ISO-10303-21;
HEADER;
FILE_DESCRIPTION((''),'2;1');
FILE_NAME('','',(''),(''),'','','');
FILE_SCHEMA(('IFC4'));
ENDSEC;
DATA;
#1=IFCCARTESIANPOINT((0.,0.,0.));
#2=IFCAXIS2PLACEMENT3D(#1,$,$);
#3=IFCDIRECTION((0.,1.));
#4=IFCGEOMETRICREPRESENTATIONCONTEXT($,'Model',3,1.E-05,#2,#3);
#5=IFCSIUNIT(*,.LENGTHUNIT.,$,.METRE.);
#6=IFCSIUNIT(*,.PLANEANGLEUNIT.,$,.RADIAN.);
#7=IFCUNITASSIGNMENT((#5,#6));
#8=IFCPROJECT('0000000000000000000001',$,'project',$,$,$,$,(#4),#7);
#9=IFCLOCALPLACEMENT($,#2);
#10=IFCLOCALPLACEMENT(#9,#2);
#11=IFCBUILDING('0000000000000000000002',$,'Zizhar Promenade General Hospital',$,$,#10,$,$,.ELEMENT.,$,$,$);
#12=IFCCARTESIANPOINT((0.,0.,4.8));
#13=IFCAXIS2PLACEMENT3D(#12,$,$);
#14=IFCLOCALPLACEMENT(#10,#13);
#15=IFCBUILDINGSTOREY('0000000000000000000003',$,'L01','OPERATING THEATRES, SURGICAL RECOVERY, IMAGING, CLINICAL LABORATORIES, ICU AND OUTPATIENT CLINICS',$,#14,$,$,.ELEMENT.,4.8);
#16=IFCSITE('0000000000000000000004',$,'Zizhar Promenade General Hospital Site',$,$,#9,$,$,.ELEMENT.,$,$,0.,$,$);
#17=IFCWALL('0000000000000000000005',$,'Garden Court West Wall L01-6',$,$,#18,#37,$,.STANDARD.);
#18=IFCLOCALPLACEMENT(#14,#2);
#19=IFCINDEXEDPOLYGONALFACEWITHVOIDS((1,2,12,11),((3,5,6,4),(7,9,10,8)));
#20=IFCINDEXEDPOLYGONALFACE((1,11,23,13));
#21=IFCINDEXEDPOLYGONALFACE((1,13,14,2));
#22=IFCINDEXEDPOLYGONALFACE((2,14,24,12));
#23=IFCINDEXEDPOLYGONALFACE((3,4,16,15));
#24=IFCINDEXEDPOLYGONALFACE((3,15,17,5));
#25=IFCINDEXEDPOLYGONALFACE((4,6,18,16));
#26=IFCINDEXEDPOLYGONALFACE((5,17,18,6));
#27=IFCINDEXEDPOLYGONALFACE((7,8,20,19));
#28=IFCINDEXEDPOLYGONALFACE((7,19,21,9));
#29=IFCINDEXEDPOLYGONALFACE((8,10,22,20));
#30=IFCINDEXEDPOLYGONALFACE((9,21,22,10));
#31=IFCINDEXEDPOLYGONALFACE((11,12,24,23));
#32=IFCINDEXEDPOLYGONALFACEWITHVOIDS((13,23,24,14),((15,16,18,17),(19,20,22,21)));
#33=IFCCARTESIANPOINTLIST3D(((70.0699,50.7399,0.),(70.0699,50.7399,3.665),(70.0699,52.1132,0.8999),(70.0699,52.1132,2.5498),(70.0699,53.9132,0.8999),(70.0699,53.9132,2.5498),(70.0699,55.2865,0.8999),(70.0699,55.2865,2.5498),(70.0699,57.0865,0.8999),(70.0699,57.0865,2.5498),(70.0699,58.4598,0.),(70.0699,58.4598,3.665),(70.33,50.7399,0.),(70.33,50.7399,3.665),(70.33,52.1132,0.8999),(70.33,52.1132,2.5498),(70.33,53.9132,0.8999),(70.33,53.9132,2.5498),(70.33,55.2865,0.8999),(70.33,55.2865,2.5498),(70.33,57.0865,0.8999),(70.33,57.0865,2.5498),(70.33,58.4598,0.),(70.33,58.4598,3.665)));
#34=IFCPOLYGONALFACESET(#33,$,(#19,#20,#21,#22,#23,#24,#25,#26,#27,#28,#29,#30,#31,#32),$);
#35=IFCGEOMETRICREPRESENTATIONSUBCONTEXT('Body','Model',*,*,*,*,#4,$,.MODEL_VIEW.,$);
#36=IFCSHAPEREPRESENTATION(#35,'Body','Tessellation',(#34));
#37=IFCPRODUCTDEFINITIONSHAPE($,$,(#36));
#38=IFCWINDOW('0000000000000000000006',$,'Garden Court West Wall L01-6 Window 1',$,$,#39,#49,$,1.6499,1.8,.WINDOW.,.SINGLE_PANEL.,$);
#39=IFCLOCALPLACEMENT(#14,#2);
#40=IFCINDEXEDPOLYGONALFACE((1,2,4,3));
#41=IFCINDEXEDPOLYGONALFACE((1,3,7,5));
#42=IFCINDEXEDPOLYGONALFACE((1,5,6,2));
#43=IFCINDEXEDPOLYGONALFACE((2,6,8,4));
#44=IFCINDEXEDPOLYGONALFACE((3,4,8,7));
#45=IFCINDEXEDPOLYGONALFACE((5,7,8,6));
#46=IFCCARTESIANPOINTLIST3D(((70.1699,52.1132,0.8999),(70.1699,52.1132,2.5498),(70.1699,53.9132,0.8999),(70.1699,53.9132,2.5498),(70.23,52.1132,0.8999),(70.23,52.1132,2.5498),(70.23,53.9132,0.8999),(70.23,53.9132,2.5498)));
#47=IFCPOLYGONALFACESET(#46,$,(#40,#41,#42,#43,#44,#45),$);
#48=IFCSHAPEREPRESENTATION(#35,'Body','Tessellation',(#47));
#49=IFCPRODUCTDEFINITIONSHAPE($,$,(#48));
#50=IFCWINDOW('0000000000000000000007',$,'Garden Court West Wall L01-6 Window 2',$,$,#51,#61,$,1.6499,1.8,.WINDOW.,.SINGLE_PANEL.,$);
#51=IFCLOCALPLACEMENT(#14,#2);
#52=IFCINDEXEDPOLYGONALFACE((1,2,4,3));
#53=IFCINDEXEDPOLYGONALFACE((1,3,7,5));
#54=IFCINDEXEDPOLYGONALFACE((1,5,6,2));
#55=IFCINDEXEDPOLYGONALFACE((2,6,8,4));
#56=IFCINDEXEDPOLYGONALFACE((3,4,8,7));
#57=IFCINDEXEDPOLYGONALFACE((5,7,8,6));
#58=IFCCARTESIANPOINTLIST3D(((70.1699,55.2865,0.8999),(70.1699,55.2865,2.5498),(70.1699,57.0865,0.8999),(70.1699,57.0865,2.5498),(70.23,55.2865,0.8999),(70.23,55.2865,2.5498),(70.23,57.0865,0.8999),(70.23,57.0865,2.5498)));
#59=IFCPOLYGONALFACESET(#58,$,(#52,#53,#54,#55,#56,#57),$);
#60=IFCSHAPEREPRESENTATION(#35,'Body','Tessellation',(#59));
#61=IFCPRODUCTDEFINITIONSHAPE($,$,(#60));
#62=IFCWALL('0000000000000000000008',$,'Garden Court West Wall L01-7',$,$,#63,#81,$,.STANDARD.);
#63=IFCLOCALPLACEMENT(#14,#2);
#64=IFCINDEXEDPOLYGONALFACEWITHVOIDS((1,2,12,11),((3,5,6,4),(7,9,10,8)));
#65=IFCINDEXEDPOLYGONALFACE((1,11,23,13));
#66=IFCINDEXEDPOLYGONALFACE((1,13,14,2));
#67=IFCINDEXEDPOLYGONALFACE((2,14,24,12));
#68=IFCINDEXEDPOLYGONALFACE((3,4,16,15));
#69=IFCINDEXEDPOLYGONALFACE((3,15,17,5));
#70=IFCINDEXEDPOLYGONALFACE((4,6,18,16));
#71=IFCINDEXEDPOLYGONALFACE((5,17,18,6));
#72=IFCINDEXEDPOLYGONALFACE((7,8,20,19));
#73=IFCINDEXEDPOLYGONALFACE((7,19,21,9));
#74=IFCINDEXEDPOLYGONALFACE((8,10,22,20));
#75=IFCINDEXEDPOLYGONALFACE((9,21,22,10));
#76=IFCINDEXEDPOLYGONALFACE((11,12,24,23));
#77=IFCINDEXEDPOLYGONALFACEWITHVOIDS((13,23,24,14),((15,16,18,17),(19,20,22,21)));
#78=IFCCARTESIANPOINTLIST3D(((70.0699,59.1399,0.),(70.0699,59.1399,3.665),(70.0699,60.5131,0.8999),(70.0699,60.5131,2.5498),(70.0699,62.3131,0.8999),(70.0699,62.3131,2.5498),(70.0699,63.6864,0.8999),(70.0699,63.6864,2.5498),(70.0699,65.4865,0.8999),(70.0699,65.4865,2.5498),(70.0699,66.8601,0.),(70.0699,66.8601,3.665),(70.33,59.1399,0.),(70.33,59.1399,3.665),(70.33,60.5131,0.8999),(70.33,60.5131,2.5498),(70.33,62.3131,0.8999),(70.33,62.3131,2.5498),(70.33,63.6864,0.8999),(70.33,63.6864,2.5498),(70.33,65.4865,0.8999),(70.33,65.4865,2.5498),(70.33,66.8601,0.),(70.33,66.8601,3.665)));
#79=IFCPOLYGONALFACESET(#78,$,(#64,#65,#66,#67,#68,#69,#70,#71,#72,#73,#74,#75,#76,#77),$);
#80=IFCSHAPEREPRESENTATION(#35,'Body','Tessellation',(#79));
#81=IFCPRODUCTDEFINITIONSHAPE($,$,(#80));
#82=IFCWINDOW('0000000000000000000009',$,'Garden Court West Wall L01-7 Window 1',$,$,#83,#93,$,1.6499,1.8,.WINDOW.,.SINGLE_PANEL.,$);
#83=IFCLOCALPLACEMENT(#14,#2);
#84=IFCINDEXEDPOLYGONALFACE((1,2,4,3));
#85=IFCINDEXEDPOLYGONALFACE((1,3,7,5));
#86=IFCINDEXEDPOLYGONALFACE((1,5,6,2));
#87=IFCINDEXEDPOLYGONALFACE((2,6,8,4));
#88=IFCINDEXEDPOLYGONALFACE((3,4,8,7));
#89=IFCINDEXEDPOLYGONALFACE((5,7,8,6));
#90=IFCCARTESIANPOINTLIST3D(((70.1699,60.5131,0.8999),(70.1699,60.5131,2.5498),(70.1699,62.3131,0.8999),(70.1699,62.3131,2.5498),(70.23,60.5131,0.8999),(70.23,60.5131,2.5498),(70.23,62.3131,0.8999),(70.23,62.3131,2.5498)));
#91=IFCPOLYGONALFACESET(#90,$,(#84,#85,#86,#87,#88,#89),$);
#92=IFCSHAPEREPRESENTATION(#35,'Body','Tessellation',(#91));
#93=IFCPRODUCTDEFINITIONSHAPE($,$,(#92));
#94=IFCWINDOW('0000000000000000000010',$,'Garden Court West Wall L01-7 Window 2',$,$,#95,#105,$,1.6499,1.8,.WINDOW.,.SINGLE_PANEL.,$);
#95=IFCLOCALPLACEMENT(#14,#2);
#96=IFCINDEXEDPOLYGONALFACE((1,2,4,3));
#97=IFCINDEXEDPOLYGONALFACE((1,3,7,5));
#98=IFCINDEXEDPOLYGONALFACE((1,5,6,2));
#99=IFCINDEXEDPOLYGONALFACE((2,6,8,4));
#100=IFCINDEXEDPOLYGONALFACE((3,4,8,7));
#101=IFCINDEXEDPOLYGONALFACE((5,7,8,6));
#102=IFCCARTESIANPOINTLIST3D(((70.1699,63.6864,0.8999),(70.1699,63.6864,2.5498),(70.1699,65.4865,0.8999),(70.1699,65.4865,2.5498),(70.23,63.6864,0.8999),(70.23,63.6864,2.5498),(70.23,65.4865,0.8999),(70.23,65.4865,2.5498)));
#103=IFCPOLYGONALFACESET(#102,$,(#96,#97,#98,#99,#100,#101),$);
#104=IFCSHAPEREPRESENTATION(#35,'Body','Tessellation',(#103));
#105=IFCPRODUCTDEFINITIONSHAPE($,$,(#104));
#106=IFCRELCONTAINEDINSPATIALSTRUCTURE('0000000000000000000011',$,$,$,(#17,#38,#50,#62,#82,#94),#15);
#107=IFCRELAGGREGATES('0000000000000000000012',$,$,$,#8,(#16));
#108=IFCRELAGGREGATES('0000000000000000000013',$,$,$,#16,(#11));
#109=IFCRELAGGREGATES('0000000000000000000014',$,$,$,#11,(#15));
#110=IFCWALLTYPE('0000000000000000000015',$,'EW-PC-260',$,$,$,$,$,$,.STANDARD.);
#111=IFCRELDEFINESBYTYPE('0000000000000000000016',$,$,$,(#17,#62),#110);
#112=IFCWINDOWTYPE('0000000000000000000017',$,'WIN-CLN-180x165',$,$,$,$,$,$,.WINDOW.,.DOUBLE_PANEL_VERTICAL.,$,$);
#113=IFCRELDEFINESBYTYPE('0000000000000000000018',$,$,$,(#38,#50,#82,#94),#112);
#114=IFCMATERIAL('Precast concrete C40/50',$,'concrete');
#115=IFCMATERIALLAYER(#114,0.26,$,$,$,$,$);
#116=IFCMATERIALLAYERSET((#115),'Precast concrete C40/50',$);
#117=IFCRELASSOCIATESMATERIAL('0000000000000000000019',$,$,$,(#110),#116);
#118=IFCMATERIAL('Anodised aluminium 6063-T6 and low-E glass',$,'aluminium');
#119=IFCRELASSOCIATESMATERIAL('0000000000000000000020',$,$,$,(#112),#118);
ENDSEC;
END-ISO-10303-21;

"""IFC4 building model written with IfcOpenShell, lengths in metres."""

from ifc_helpers import new_model, si_unit, direction, frame, frame_2d, origin, place, context, subcontext, project, spatial, rectangle, extrude, material, layer, layer_set, type_object, element, fill, save


model = new_model("IFC4")

# Units and contexts
model_context = context("Model", 3, precision=1e-05, world=origin(), true_north=direction((0.0, 1.0)))
body_context = subcontext(model_context, "Body", "Model", "MODEL_VIEW")
ifc_project = project(units=[si_unit("LENGTHUNIT", "METRE"), si_unit("PLANEANGLEUNIT", "RADIAN")], contexts=[model_context])

# Site, building, storey
site_placement = place(None, origin())
site = spatial("IfcSite", under=ifc_project, at=site_placement, Name="Zizhar Promenade General Hospital Site", CompositionType="ELEMENT", RefElevation=0.0)
building_placement = place(site_placement, origin())
building = spatial("IfcBuilding", under=site, at=building_placement, Name="Zizhar Promenade General Hospital", CompositionType="ELEMENT")
storey_placement = place(building_placement, frame((0.0, 0.0, 4.8)))
storey = spatial("IfcBuildingStorey", under=building, at=storey_placement, Name="L01", Description="OPERATING THEATRES, SURGICAL RECOVERY, IMAGING, CLINICAL LABORATORIES, ICU AND OUTPATIENT CLINICS", CompositionType="ELEMENT", Elevation=4.8)

# Walls, openings, windows
ifc_material_1 = material(Name="Precast concrete C40/50", Category="concrete")
ifc_layer_1 = layer(ifc_material_1, 0.26)
ifc_layer_set_1 = layer_set([ifc_layer_1], Name="Precast concrete C40/50")
wall_type = type_object("IfcWallType", Name="EW-PC-260", PredefinedType="STANDARD", material=ifc_layer_set_1)
wall_1_placement = place(storey_placement, frame((70.2, 50.74, 0.0), z_axis=(0.0, 0.0, 1.0), x_axis=(0.0, 1.0, 0.0)))
wall_1 = element("IfcWall", 1, at=wall_1_placement, inside=storey, type_object=wall_type, Name="Garden Court West Wall L01-6", PredefinedType="STANDARD", context=body_context, shape_type="SweptSolid", body=[
    extrude(rectangle(XDim=7.72, YDim=0.26, at=frame_2d((3.8599, 0.0))), origin(), (0.0, 0.0, 1.0), 3.665),
])
opening_1_placement = place(wall_1_placement, frame((1.3733, 0.0, 0.8999)))
opening_1 = element("IfcOpeningElement", 2, at=opening_1_placement, cuts=wall_1, PredefinedType="OPENING", context=body_context, shape_type="SweptSolid", body=[
    extrude(rectangle(XDim=1.8, YDim=1.6499, at=frame_2d((0.8999, 0.825))), frame((0.0, 0.1401, 0.0), z_axis=(0.0, -1.0, 0.0), x_axis=(1.0, 0.0, 0.0)), (0.0, 0.0, 1.0), 0.28),
])
opening_2_placement = place(wall_1_placement, frame((4.5466, 0.0, 0.8999)))
opening_2 = element("IfcOpeningElement", 3, at=opening_2_placement, cuts=wall_1, PredefinedType="OPENING", context=body_context, shape_type="SweptSolid", body=[
    extrude(rectangle(XDim=1.8, YDim=1.6499, at=frame_2d((0.8999, 0.825))), frame((0.0, 0.1401, 0.0), z_axis=(0.0, -1.0, 0.0), x_axis=(1.0, 0.0, 0.0)), (0.0, 0.0, 1.0), 0.28),
])
ifc_material_2 = material(Name="Anodised aluminium 6063-T6 and low-E glass", Category="aluminium")
window_type = type_object("IfcWindowType", Name="WIN-CLN-180x165", PartitioningType="DOUBLE_PANEL_VERTICAL", PredefinedType="WINDOW", material=ifc_material_2)
window_1_placement = place(opening_1_placement, origin())
window_1 = element("IfcWindow", 4, at=window_1_placement, inside=storey, type_object=window_type, Name="Garden Court West Wall L01-6 Window 1", OverallHeight=1.6499, OverallWidth=1.8, PartitioningType="SINGLE_PANEL", PredefinedType="WINDOW", context=body_context, shape_type="SweptSolid", body=[
    extrude(rectangle(XDim=1.8, YDim=1.6499, at=frame_2d((0.8999, 0.825))), frame((0.0, 0.03, 0.0), z_axis=(0.0, -1.0, 0.0), x_axis=(1.0, 0.0, 0.0)), (0.0, 0.0, 1.0), 0.0601),
])
fill(opening_1, window_1)
window_2_placement = place(opening_2_placement, origin())
window_2 = element("IfcWindow", 5, at=window_2_placement, inside=storey, type_object=window_type, Name="Garden Court West Wall L01-6 Window 2", OverallHeight=1.6499, OverallWidth=1.8, PartitioningType="SINGLE_PANEL", PredefinedType="WINDOW", context=body_context, shape_type="SweptSolid", body=[
    extrude(rectangle(XDim=1.8, YDim=1.6499, at=frame_2d((0.8999, 0.825))), frame((0.0, 0.03, 0.0), z_axis=(0.0, -1.0, 0.0), x_axis=(1.0, 0.0, 0.0)), (0.0, 0.0, 1.0), 0.0601),
])
fill(opening_2, window_2)
wall_2_placement = place(storey_placement, frame((70.2, 59.1399, 0.0), z_axis=(0.0, 0.0, 1.0), x_axis=(0.0, 1.0, 0.0)))
wall_2 = element("IfcWall", 6, at=wall_2_placement, inside=storey, type_object=wall_type, Name="Garden Court West Wall L01-7", PredefinedType="STANDARD", context=body_context, shape_type="SweptSolid", body=[
    extrude(rectangle(XDim=7.7202, YDim=0.26, at=frame_2d((3.8601, 0.0))), origin(), (0.0, 0.0, 1.0), 3.665),
])
opening_3_placement = place(wall_2_placement, frame((1.3733, 0.0, 0.8999)))
opening_3 = element("IfcOpeningElement", 7, at=opening_3_placement, cuts=wall_2, PredefinedType="OPENING", context=body_context, shape_type="SweptSolid", body=[
    extrude(rectangle(XDim=1.8, YDim=1.6499, at=frame_2d((0.8999, 0.825))), frame((0.0, 0.1401, 0.0), z_axis=(0.0, -1.0, 0.0), x_axis=(1.0, 0.0, 0.0)), (0.0, 0.0, 1.0), 0.28),
])
opening_4_placement = place(wall_2_placement, frame((4.5466, 0.0, 0.8999)))
opening_4 = element("IfcOpeningElement", 8, at=opening_4_placement, cuts=wall_2, PredefinedType="OPENING", context=body_context, shape_type="SweptSolid", body=[
    extrude(rectangle(XDim=1.8, YDim=1.6499, at=frame_2d((0.8999, 0.825))), frame((0.0, 0.1401, 0.0), z_axis=(0.0, -1.0, 0.0), x_axis=(1.0, 0.0, 0.0)), (0.0, 0.0, 1.0), 0.28),
])
window_3_placement = place(opening_3_placement, origin())
window_3 = element("IfcWindow", 9, at=window_3_placement, inside=storey, type_object=window_type, Name="Garden Court West Wall L01-7 Window 1", OverallHeight=1.6499, OverallWidth=1.8, PartitioningType="SINGLE_PANEL", PredefinedType="WINDOW", context=body_context, shape_type="SweptSolid", body=[
    extrude(rectangle(XDim=1.8, YDim=1.6499, at=frame_2d((0.8999, 0.825))), frame((0.0, 0.03, 0.0), z_axis=(0.0, -1.0, 0.0), x_axis=(1.0, 0.0, 0.0)), (0.0, 0.0, 1.0), 0.0601),
])
fill(opening_3, window_3)
window_4_placement = place(opening_4_placement, origin())
window_4 = element("IfcWindow", 10, at=window_4_placement, inside=storey, type_object=window_type, Name="Garden Court West Wall L01-7 Window 2", OverallHeight=1.6499, OverallWidth=1.8, PartitioningType="SINGLE_PANEL", PredefinedType="WINDOW", context=body_context, shape_type="SweptSolid", body=[
    extrude(rectangle(XDim=1.8, YDim=1.6499, at=frame_2d((0.8999, 0.825))), frame((0.0, 0.03, 0.0), z_axis=(0.0, -1.0, 0.0), x_axis=(1.0, 0.0, 0.0)), (0.0, 0.0, 1.0), 0.0601),
])
fill(opening_4, window_4)

save(model, "model.ifc")
